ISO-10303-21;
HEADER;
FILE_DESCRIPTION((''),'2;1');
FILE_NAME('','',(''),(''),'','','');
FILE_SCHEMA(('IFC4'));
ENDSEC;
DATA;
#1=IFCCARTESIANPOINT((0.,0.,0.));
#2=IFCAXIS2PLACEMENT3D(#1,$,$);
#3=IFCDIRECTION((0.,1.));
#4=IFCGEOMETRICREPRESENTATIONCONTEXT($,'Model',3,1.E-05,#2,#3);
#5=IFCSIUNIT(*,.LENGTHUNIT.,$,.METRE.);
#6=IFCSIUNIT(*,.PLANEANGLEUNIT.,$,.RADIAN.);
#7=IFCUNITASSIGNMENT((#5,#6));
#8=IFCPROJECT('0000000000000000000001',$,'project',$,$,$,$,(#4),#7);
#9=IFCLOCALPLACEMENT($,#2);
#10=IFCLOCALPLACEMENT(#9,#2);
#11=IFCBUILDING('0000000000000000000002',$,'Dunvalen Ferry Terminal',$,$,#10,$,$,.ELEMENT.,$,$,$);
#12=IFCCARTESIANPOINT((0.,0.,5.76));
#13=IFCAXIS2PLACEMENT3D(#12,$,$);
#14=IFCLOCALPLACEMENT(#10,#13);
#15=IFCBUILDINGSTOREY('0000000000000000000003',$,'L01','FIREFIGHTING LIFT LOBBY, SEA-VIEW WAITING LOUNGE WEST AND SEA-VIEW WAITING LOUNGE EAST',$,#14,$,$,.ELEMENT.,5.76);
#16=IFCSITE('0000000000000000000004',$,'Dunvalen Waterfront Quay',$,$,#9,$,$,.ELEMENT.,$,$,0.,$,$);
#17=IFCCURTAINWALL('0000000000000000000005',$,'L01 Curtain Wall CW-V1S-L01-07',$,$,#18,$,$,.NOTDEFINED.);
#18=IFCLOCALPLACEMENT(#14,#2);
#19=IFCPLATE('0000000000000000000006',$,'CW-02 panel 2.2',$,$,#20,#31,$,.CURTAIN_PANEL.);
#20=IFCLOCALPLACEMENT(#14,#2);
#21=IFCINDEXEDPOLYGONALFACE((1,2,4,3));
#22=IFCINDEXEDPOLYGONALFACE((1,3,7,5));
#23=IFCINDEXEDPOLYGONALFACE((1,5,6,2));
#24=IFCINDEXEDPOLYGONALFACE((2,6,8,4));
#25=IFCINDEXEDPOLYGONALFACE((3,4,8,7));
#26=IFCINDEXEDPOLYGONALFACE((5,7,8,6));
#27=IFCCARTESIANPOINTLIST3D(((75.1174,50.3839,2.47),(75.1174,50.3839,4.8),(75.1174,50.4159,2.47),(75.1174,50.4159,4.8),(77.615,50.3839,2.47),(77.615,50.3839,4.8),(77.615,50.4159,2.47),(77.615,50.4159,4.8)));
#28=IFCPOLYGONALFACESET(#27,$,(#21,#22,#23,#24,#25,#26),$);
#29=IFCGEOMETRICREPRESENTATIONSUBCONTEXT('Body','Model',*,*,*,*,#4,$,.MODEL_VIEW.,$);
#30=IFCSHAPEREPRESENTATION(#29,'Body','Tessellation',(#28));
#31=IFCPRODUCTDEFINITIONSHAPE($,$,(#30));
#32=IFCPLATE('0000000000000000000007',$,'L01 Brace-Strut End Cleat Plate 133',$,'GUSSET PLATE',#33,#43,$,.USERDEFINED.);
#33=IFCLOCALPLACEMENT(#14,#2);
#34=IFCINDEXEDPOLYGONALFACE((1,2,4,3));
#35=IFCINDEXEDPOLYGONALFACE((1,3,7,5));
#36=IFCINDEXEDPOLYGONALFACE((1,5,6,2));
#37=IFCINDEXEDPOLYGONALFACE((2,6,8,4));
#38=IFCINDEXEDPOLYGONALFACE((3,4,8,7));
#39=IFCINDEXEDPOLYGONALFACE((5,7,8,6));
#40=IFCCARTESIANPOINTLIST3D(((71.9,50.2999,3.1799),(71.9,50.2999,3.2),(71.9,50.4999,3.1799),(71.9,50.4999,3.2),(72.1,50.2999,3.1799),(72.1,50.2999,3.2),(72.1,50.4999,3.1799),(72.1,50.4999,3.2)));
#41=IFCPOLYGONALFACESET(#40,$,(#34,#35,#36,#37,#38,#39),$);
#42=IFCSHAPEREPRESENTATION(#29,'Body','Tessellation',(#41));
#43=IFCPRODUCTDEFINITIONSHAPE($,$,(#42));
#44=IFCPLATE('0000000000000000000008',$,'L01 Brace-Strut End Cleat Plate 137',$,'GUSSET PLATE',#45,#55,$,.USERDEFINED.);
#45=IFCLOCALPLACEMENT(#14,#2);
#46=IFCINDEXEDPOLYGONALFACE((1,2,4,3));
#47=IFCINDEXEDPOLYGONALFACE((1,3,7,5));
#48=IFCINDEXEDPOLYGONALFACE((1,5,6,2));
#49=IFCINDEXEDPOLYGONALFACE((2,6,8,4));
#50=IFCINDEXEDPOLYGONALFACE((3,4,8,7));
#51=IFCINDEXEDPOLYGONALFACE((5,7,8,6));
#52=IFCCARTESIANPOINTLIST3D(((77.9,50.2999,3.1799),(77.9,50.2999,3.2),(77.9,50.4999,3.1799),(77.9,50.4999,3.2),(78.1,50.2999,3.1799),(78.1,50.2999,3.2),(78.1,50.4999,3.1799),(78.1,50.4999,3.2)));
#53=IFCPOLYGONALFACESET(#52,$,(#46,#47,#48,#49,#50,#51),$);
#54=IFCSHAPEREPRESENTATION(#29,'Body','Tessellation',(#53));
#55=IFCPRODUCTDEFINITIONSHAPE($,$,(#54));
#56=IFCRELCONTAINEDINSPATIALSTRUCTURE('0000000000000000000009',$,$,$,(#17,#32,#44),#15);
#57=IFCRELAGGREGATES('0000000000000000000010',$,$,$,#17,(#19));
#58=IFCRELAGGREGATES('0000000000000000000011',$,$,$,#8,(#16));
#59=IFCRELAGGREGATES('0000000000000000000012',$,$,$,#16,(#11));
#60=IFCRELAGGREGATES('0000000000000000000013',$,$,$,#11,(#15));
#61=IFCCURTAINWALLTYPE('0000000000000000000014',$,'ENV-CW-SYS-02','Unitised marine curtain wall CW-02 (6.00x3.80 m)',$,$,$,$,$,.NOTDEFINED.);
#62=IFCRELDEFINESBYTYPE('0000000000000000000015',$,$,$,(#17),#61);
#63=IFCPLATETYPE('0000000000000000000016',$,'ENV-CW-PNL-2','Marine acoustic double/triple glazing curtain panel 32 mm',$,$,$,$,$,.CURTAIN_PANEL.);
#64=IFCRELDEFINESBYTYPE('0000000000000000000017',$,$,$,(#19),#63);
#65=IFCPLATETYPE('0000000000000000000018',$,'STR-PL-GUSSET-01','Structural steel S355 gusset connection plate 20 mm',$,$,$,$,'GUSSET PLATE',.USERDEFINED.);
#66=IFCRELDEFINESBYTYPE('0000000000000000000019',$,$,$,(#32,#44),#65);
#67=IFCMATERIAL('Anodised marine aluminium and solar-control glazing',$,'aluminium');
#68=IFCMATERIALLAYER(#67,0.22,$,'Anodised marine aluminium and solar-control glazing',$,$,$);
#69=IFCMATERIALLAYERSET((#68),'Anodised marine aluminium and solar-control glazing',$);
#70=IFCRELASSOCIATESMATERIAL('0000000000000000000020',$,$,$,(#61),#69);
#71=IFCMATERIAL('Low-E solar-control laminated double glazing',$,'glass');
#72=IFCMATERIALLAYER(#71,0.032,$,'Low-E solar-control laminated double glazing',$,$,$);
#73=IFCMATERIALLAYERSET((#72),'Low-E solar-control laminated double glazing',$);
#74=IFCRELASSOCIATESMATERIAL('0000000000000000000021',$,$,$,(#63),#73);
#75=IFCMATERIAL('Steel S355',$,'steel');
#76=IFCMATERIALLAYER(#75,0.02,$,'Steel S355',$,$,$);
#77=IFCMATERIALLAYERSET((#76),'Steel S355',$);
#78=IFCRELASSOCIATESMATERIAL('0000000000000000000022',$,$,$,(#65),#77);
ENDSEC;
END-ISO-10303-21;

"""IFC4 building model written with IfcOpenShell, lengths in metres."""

from ifc_helpers import new_model, si_unit, direction, frame, origin, origin_2d, place, context, subcontext, project, spatial, rectangle, extrude, material, layer, layer_set, type_object, element, aggregate, save


model = new_model("IFC4")

# Units and contexts
model_context = context("Model", 3, precision=1e-05, world=origin(), true_north=direction((0.0, 1.0)))
body_context = subcontext(model_context, "Body", "Model", "MODEL_VIEW")
ifc_project = project(units=[si_unit("LENGTHUNIT", "METRE"), si_unit("PLANEANGLEUNIT", "RADIAN")], contexts=[model_context])

# Site, building, storey
site_placement = place(None, origin())
site = spatial("IfcSite", under=ifc_project, at=site_placement, Name="Dunvalen Waterfront Quay", CompositionType="ELEMENT", RefElevation=0.0)
building_placement = place(site_placement, origin())
building = spatial("IfcBuilding", under=site, at=building_placement, Name="Dunvalen Ferry Terminal", CompositionType="ELEMENT")
storey_placement = place(building_placement, frame((0.0, 0.0, 5.76)))
storey = spatial("IfcBuildingStorey", under=building, at=storey_placement, Name="L01", Description="FIREFIGHTING LIFT LOBBY, SEA-VIEW WAITING LOUNGE WEST AND SEA-VIEW WAITING LOUNGE EAST", CompositionType="ELEMENT", Elevation=5.76)

# Curtain wall
ifc_material_1 = material(Name="Anodised marine aluminium and solar-control glazing", Category="aluminium")
ifc_layer_1 = layer(ifc_material_1, 0.22, Name="Anodised marine aluminium and solar-control glazing")
ifc_layer_set_1 = layer_set([ifc_layer_1], Name="Anodised marine aluminium and solar-control glazing")
curtain_wall_type = type_object("IfcCurtainWallType", Name="ENV-CW-SYS-02", Description="Unitised marine curtain wall CW-02 (6.00x3.80 m)", PredefinedType="NOTDEFINED", material=ifc_layer_set_1)
curtain_wall_placement = place(storey_placement, origin())
curtain_wall = element("IfcCurtainWall", 1, at=curtain_wall_placement, inside=storey, type_object=curtain_wall_type, Name="L01 Curtain Wall CW-V1S-L01-07", PredefinedType="NOTDEFINED")

# Shared definitions
ifc_material_2 = material(Name="Steel S355", Category="steel")

# Plate
ifc_material_3 = material(Name="Low-E solar-control laminated double glazing", Category="glass")
ifc_layer_2 = layer(ifc_material_3, 0.032, Name="Low-E solar-control laminated double glazing")
ifc_layer_set_2 = layer_set([ifc_layer_2], Name="Low-E solar-control laminated double glazing")
plate_type_1 = type_object("IfcPlateType", Name="ENV-CW-PNL-2", Description="Marine acoustic double/triple glazing curtain panel 32 mm", PredefinedType="CURTAIN_PANEL", material=ifc_layer_set_2)
plate_1_placement = place(storey_placement, frame((76.3662, 50.3999, 2.47), z_axis=(0.0, 0.0, 1.0), x_axis=(1.0, 0.0, 0.0)))
plate_1 = element("IfcPlate", 2, at=plate_1_placement, type_object=plate_type_1, Name="CW-02 panel 2.2", PredefinedType="CURTAIN_PANEL", context=body_context, shape_type="SweptSolid", body=[
    extrude(rectangle(XDim=2.4976, YDim=0.032, at=origin_2d()), origin(), (0.0, 0.0, 1.0), 2.3301),
])
aggregate(curtain_wall, [plate_1])

# Plates
ifc_layer_3 = layer(ifc_material_2, 0.02, Name="Steel S355")
ifc_layer_set_3 = layer_set([ifc_layer_3], Name="Steel S355")
plate_type_2 = type_object("IfcPlateType", Name="STR-PL-GUSSET-01", Description="Structural steel S355 gusset connection plate 20 mm", ElementType="GUSSET PLATE", PredefinedType="USERDEFINED", material=ifc_layer_set_3)
for number, where, z_axis, x_axis, name in (
    (3, (72.0, 50.3999, 3.1799), (0.0, 0.0, 1.0), (1.0, 0.0, 0.0), "L01 Brace-Strut End Cleat Plate 133"),
    (4, (78.0, 50.3999, 3.1799), (0.0, 0.0, 1.0), (1.0, 0.0, 0.0), "L01 Brace-Strut End Cleat Plate 137"),
):
    element("IfcPlate", number, at=place(storey_placement, frame(where, z_axis=z_axis, x_axis=x_axis)), inside=storey, type_object=plate_type_2, Name=name, ObjectType="GUSSET PLATE", PredefinedType="USERDEFINED", context=body_context, shape_type="SweptSolid", body=[
        extrude(rectangle(XDim=0.2, YDim=0.2, at=origin_2d()), origin(), (0.0, 0.0, 1.0), 0.02),
    ])

save(model, "model.ifc")
